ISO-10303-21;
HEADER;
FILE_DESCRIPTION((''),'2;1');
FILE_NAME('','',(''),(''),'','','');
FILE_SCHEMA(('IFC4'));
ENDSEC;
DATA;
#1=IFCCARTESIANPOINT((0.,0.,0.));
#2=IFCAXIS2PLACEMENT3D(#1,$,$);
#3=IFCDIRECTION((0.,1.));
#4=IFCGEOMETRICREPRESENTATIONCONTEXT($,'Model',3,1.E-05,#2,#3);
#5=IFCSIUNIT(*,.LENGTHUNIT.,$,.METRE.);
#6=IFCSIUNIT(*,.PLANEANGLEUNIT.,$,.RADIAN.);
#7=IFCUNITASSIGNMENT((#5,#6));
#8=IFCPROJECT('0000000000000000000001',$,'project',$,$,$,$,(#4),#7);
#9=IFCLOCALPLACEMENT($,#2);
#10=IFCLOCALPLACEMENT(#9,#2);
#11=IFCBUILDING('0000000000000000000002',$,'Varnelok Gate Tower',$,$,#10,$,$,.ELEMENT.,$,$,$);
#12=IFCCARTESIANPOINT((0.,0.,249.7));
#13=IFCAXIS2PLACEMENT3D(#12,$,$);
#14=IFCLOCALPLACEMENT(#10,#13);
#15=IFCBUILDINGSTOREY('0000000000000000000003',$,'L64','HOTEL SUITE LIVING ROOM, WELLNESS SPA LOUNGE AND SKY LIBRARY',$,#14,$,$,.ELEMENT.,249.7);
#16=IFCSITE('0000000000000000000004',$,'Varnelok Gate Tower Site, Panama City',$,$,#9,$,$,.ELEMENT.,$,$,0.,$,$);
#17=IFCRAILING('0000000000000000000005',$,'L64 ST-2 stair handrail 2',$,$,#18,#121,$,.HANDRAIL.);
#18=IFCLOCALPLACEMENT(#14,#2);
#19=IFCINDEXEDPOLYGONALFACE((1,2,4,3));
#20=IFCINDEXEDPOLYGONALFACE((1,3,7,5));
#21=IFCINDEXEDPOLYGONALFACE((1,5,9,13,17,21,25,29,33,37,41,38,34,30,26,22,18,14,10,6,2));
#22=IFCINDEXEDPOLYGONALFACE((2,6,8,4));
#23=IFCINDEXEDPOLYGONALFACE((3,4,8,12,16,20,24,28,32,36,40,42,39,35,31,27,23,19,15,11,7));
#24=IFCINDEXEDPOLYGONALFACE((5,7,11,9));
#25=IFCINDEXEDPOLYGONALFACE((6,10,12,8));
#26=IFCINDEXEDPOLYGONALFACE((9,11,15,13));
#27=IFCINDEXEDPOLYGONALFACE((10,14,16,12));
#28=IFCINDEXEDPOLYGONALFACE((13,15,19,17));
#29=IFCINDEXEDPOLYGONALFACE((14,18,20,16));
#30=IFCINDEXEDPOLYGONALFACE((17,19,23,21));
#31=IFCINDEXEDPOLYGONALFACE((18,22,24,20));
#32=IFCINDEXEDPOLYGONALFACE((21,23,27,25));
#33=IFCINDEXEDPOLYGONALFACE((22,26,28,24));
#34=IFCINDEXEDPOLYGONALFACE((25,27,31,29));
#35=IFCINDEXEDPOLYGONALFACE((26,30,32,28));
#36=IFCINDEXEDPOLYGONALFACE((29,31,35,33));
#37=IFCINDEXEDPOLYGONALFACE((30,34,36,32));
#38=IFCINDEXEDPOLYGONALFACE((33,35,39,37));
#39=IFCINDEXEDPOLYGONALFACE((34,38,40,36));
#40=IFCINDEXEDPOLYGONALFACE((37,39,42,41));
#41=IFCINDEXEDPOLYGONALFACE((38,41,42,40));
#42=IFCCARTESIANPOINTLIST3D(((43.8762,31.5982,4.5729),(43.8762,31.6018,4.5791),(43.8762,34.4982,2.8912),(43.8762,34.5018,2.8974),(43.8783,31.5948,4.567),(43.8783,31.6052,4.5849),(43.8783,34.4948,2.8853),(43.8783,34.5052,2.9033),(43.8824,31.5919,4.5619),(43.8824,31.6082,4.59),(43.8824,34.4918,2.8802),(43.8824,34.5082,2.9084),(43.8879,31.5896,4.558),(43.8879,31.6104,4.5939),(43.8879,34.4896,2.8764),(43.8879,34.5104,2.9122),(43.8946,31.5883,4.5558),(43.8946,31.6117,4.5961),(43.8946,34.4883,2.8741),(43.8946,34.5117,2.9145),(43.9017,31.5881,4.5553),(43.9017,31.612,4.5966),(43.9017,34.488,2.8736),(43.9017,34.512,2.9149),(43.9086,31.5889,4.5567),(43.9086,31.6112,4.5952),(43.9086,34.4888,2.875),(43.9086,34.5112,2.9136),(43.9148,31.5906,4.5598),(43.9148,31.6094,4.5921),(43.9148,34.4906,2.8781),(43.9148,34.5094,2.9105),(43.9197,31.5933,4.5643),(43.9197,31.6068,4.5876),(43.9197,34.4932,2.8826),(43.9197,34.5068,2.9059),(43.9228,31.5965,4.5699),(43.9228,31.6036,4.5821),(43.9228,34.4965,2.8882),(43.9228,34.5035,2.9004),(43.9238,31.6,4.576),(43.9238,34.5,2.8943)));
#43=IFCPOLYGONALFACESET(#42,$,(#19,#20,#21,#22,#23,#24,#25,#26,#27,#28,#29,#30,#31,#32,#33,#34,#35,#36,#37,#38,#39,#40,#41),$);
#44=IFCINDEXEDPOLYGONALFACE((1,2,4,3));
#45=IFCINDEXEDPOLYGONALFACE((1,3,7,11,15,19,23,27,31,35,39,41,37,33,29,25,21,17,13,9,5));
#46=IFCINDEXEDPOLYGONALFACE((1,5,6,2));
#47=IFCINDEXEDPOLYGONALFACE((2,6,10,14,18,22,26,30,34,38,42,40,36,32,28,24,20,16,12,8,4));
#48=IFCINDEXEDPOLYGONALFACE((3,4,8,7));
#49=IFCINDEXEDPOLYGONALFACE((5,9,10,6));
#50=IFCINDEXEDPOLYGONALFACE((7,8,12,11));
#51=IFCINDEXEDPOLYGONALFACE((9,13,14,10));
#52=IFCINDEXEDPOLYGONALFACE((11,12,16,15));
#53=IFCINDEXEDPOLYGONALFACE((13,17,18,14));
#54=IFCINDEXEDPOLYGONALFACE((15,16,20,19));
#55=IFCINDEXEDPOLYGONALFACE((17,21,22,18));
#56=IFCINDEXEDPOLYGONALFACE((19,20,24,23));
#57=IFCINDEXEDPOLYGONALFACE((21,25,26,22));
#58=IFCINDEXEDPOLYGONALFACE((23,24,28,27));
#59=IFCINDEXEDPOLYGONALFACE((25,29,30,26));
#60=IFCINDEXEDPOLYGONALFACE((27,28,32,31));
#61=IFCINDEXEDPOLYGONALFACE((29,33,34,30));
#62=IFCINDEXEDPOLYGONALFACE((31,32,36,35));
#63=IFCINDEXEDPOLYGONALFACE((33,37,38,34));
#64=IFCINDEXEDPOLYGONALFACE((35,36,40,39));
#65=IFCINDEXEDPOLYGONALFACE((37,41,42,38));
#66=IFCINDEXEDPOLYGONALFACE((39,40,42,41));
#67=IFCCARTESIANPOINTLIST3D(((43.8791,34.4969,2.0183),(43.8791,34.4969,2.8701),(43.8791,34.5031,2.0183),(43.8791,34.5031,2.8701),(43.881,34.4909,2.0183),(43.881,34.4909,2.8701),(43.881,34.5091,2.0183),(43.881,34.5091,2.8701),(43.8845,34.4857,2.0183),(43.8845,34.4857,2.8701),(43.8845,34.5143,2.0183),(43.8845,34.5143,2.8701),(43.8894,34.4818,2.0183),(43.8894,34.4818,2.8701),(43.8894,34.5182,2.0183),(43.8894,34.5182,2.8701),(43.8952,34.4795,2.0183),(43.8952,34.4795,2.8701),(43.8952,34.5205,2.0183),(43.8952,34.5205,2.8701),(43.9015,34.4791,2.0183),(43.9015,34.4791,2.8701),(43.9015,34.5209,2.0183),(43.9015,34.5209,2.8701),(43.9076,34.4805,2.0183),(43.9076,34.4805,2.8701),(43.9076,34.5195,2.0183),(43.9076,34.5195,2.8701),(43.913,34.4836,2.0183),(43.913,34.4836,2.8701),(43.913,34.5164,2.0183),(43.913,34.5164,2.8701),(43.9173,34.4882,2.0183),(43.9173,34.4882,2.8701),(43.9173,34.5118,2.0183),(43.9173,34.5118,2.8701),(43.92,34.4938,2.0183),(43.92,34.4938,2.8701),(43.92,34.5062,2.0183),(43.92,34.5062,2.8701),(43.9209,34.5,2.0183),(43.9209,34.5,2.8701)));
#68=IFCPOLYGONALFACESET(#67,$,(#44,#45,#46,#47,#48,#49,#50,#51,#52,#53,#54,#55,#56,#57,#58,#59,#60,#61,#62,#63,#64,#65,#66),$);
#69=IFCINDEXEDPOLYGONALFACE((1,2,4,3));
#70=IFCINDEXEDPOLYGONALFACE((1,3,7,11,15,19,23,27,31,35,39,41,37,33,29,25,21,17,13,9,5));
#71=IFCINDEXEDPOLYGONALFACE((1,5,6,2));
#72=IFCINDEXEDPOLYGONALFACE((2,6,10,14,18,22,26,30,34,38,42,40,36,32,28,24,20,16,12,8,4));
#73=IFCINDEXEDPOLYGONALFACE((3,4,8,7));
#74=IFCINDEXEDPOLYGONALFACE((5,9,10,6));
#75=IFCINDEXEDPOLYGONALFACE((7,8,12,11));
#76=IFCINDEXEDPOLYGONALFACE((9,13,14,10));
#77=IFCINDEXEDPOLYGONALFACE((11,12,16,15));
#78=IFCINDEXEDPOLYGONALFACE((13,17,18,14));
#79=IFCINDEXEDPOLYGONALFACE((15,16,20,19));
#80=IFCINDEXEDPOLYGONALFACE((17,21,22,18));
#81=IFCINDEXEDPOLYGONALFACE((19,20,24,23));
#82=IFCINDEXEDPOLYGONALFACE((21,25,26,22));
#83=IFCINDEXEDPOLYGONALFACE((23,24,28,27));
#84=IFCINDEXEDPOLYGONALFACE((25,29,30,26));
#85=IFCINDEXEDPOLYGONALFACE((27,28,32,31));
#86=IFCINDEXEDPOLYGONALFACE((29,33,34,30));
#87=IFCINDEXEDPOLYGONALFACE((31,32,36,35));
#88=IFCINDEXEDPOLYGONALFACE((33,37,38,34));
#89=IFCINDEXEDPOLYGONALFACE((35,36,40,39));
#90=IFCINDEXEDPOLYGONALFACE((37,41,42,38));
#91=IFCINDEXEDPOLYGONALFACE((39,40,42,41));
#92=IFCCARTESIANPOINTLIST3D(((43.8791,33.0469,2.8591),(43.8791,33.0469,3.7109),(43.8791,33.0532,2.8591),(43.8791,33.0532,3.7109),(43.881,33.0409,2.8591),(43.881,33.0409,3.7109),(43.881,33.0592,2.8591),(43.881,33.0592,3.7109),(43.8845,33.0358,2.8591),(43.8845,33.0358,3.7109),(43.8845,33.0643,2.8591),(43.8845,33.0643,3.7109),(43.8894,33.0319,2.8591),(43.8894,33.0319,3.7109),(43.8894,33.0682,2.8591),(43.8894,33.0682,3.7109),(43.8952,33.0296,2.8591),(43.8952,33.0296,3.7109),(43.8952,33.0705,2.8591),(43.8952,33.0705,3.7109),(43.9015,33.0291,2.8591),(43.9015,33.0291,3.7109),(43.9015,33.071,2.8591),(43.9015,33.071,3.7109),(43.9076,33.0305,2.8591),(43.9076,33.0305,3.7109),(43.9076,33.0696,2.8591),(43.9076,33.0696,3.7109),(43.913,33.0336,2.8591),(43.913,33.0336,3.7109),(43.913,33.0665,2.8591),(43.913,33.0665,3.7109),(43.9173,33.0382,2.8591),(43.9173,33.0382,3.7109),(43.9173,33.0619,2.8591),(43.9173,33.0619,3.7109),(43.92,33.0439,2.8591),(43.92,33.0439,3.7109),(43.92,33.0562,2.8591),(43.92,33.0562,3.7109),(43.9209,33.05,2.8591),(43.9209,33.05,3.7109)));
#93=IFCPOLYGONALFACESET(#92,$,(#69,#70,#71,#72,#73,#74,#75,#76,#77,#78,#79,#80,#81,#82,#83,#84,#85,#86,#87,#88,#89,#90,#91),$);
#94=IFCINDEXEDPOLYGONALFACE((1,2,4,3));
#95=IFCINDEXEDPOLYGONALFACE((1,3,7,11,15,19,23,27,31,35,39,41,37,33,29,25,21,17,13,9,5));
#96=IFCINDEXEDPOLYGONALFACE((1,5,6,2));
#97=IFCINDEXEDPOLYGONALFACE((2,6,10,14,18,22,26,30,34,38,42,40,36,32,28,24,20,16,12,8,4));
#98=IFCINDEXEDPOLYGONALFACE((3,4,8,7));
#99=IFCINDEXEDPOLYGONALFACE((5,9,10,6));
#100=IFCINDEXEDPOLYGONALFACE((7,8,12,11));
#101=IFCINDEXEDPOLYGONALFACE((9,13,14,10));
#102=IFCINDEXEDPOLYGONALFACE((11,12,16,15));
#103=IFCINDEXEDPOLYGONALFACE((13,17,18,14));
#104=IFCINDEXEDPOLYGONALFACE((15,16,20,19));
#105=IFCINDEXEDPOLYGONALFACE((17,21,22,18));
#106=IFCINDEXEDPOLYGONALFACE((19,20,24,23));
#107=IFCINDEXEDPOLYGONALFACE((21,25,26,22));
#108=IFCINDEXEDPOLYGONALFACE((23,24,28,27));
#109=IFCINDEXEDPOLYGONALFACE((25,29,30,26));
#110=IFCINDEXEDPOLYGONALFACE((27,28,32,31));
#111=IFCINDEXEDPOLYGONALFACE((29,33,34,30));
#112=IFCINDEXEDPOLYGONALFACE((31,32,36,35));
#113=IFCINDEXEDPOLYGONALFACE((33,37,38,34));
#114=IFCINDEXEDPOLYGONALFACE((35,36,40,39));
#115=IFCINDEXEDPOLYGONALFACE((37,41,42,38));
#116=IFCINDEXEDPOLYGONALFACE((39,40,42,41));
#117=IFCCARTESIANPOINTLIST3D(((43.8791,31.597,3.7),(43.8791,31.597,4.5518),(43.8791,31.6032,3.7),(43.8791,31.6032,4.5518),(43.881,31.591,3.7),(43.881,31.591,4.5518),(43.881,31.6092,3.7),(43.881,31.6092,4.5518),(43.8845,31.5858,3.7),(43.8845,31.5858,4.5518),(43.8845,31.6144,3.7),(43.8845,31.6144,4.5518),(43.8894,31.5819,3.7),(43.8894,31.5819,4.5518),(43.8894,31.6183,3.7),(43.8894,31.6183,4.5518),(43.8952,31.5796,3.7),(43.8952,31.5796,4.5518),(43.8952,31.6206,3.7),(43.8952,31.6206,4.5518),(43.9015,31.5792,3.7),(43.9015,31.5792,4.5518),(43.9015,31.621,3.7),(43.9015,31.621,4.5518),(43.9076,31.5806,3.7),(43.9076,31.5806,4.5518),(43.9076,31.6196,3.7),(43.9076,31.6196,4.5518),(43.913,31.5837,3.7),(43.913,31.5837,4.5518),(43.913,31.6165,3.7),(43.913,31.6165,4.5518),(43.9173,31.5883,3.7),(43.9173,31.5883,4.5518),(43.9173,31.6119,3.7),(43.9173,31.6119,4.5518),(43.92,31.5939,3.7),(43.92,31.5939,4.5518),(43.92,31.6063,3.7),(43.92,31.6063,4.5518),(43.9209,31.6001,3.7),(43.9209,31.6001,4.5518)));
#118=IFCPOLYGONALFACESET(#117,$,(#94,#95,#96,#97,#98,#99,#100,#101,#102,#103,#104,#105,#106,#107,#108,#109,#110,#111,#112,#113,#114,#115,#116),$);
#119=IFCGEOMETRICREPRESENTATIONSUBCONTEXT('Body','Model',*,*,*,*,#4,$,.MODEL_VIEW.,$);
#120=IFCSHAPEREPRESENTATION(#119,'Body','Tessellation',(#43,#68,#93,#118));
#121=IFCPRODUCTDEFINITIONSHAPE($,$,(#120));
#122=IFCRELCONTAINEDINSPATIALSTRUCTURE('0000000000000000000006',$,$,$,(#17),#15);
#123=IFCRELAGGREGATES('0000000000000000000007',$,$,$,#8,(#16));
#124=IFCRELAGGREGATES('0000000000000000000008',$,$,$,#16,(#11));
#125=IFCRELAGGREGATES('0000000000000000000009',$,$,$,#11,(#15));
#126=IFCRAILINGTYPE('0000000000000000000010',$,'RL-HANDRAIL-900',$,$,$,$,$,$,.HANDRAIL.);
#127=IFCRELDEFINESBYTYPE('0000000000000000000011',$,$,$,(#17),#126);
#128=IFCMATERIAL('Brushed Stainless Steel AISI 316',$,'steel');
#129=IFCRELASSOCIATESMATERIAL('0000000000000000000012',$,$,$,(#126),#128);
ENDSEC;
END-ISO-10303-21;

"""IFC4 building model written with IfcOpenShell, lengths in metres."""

from ifc_helpers import new_model, si_unit, direction, frame, origin, origin_2d, place, context, subcontext, project, spatial, circle, extrude, material, type_object, element, save


model = new_model("IFC4")

# Units and contexts
model_context = context("Model", 3, precision=1e-05, world=origin(), true_north=direction((0.0, 1.0)))
body_context = subcontext(model_context, "Body", "Model", "MODEL_VIEW")
ifc_project = project(units=[si_unit("LENGTHUNIT", "METRE"), si_unit("PLANEANGLEUNIT", "RADIAN")], contexts=[model_context])

# Site, building, storey
site_placement = place(None, origin())
site = spatial("IfcSite", under=ifc_project, at=site_placement, Name="Varnelok Gate Tower Site, Panama City", CompositionType="ELEMENT", RefElevation=0.0)
building_placement = place(site_placement, origin())
building = spatial("IfcBuilding", under=site, at=building_placement, Name="Varnelok Gate Tower", CompositionType="ELEMENT")
storey_placement = place(building_placement, frame((0.0, 0.0, 249.7)))
storey = spatial("IfcBuildingStorey", under=building, at=storey_placement, Name="L64", Description="HOTEL SUITE LIVING ROOM, WELLNESS SPA LOUNGE AND SKY LIBRARY", CompositionType="ELEMENT", Elevation=249.7)

# Railing
ifc_material_1 = material(Name="Brushed Stainless Steel AISI 316", Category="steel")
railing_type_1 = type_object("IfcRailingType", Name="RL-HANDRAIL-900", PredefinedType="HANDRAIL", material=ifc_material_1)
railing_1_placement = place(storey_placement, frame((43.8999, 34.5, 2.0183)))
element("IfcRailing", 1, at=railing_1_placement, inside=storey, type_object=railing_type_1, Name="L64 ST-2 stair handrail 2", PredefinedType="HANDRAIL", context=body_context, shape_type="SweptSolid", body=[
    extrude(circle(Radius=0.0239, at=origin_2d()), frame((0.0, 0.0, 0.876), z_axis=(0.0, -0.86507, 0.501651), x_axis=(1.0, 0.0, 0.0)), (0.0, 0.0, 1.0), 3.3523),
    extrude(circle(Radius=0.021, at=origin_2d()), origin(), (0.0, 0.0, 1.0), 0.8518),
    extrude(circle(Radius=0.021, at=origin_2d()), frame((0.0, -1.45, 0.8408)), (0.0, 0.0, 1.0), 0.8518),
    extrude(circle(Radius=0.021, at=origin_2d()), frame((0.0, -2.8999, 1.6816)), (0.0, 0.0, 1.0), 0.8518),
])

save(model, "model.ifc")
